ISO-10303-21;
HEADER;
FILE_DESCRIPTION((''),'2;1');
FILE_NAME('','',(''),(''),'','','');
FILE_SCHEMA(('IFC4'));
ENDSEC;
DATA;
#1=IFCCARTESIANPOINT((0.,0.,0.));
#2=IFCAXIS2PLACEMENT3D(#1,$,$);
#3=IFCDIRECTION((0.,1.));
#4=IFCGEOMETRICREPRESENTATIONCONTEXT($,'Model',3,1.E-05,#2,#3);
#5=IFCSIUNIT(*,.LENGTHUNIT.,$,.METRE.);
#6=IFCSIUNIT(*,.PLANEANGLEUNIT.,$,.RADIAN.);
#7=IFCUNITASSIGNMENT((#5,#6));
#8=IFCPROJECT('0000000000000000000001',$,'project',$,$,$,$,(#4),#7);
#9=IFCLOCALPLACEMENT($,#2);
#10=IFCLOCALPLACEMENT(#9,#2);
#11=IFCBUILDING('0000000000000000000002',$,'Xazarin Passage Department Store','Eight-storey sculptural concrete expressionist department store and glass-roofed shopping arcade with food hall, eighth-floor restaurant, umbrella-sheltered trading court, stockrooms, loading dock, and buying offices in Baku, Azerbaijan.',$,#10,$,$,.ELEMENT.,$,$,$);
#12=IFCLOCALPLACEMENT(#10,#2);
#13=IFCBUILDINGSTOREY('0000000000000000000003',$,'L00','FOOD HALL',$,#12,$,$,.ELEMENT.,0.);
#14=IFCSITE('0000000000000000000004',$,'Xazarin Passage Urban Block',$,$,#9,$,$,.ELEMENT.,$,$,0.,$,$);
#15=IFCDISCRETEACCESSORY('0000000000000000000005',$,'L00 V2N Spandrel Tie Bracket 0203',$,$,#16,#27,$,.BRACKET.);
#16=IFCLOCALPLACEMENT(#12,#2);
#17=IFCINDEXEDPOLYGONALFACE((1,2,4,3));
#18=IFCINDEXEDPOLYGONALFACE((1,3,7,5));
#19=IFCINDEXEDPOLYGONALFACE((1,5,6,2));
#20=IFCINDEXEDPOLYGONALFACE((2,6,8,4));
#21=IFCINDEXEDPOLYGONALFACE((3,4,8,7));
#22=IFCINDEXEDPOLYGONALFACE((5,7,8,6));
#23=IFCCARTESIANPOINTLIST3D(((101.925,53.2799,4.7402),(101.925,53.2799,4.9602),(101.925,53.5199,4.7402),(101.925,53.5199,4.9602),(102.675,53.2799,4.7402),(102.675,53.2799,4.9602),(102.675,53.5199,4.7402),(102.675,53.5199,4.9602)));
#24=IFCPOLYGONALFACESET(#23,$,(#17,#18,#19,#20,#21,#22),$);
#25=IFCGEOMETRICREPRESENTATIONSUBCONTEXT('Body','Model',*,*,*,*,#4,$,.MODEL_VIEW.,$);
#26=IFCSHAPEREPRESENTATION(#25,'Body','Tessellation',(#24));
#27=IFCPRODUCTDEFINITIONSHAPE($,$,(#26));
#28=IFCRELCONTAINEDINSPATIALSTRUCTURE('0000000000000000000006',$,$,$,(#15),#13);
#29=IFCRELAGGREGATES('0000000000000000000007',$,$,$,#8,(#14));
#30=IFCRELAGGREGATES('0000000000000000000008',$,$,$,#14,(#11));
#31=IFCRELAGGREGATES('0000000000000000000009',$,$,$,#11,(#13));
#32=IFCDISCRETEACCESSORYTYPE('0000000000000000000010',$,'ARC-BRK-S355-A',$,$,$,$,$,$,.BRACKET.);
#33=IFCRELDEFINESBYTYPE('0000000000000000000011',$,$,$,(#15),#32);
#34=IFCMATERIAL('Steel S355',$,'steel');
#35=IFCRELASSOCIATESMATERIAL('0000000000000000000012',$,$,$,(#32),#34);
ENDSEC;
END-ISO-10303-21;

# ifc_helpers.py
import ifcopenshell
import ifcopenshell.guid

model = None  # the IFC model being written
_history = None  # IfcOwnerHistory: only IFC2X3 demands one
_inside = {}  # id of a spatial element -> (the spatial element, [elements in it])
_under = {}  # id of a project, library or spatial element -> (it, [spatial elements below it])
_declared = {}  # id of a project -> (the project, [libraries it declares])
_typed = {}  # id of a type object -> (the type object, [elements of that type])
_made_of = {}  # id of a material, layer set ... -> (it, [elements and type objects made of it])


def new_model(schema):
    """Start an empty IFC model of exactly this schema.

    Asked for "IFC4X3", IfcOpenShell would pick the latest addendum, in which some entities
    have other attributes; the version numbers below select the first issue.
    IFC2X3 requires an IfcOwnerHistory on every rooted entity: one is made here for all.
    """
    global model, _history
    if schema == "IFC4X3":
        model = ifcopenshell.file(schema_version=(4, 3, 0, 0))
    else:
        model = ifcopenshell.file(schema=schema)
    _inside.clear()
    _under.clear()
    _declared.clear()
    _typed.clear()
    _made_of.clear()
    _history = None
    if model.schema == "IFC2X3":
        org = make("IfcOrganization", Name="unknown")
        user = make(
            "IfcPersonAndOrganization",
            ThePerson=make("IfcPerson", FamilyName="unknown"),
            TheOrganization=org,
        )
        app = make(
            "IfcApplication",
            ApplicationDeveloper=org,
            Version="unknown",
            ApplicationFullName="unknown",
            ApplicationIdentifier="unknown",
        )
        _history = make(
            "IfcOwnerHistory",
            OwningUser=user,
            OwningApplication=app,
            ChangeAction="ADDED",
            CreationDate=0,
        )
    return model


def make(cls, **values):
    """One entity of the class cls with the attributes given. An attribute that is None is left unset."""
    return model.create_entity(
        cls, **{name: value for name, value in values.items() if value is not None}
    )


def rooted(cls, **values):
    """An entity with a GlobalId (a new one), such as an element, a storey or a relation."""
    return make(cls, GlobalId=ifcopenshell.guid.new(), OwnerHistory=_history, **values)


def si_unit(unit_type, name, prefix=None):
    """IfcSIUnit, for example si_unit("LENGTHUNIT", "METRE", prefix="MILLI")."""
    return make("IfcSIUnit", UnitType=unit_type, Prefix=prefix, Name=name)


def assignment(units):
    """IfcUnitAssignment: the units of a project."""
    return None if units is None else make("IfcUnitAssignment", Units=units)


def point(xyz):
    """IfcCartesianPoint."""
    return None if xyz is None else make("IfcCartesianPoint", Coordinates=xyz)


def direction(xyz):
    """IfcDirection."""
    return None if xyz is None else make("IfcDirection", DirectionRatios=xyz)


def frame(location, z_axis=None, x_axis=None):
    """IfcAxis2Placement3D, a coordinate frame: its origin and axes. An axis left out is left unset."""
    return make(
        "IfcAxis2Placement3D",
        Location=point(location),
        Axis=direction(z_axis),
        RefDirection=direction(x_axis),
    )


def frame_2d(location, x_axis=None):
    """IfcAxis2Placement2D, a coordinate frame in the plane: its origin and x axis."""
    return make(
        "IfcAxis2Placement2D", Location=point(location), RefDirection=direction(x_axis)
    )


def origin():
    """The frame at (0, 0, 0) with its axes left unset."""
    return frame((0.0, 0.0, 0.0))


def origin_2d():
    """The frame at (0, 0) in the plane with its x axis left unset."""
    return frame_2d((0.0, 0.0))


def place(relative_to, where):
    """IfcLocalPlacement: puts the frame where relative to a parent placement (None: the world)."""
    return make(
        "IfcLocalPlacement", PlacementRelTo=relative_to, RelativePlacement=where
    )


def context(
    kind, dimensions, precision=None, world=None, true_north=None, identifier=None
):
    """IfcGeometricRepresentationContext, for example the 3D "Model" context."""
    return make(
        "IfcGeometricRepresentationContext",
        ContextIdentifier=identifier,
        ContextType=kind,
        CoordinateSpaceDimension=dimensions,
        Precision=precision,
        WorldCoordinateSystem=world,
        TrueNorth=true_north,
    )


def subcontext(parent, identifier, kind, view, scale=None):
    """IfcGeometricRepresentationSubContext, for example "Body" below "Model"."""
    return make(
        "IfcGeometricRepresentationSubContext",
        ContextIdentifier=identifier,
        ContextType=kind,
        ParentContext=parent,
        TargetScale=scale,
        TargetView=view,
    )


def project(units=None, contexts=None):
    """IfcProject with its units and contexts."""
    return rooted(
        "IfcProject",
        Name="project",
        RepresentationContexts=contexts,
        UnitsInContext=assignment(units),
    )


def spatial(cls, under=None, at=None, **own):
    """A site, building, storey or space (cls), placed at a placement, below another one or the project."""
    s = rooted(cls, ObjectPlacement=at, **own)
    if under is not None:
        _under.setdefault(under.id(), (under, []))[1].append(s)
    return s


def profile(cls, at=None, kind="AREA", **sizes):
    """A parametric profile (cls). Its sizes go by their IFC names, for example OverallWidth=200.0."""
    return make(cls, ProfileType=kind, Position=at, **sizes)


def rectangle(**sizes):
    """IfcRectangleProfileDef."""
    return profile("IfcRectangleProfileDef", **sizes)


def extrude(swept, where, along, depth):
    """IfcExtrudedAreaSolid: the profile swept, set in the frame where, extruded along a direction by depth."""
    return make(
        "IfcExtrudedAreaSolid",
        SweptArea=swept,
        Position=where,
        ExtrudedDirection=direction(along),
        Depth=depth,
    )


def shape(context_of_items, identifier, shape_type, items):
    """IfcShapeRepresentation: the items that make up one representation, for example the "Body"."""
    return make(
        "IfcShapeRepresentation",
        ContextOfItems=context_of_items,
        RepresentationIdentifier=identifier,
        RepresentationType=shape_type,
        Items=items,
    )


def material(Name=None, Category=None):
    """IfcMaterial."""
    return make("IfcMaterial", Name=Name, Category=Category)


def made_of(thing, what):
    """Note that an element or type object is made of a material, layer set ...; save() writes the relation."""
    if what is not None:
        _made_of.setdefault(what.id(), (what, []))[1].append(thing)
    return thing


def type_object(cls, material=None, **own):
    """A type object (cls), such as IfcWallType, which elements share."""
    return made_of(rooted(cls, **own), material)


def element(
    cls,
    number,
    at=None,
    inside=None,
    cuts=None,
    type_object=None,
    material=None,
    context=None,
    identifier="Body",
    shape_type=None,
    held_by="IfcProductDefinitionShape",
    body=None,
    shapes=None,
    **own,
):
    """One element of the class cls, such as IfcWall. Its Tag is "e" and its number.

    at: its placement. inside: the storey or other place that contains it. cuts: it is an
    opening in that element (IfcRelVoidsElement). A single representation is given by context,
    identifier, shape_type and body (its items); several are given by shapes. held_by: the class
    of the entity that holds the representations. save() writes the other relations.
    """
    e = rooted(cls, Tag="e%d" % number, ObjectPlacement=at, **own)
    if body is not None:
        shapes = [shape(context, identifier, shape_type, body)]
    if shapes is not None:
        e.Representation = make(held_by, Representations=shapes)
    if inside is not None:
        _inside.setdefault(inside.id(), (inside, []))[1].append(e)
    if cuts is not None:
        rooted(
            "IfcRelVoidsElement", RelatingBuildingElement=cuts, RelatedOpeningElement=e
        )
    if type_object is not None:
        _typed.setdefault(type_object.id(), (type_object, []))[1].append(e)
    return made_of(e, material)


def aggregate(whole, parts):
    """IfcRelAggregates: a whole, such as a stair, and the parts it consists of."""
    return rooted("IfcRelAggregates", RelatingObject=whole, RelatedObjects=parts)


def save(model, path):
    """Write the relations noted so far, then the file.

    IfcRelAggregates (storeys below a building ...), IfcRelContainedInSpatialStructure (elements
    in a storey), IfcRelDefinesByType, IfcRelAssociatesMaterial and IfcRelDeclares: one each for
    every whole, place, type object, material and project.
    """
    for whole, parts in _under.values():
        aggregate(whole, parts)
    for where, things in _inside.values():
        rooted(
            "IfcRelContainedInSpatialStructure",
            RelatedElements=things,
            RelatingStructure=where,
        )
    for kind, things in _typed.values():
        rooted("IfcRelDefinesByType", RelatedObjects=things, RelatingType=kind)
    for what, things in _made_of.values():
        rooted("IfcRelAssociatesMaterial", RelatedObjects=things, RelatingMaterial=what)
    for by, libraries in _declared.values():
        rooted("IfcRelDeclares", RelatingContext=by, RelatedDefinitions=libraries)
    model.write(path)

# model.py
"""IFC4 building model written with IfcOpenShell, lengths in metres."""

from ifc_helpers import new_model, si_unit, direction, frame, origin, origin_2d, place, context, subcontext, project, spatial, rectangle, extrude, material, type_object, element, save


model = new_model("IFC4")

# Units and contexts
model_context = context("Model", 3, precision=1e-05, world=origin(), true_north=direction((0.0, 1.0)))
body_context = subcontext(model_context, "Body", "Model", "MODEL_VIEW")
ifc_project = project(units=[si_unit("LENGTHUNIT", "METRE"), si_unit("PLANEANGLEUNIT", "RADIAN")], contexts=[model_context])

# Site, building, storey
site_placement = place(None, origin())
site = spatial("IfcSite", under=ifc_project, at=site_placement, Name="Xazarin Passage Urban Block", CompositionType="ELEMENT", RefElevation=0.0)
building_placement = place(site_placement, origin())
building = spatial("IfcBuilding", under=site, at=building_placement, Name="Xazarin Passage Department Store", Description="Eight-storey sculptural concrete expressionist department store and glass-roofed shopping arcade with food hall, eighth-floor restaurant, umbrella-sheltered trading court, stockrooms, loading dock, and buying offices in Baku, Azerbaijan.", CompositionType="ELEMENT")
storey_placement = place(building_placement, origin())
storey = spatial("IfcBuildingStorey", under=building, at=storey_placement, Name="L00", Description="FOOD HALL", CompositionType="ELEMENT", Elevation=0.0)

# Discrete accessory
ifc_material_1 = material(Name="Steel S355", Category="steel")
discrete_accessory_type = type_object("IfcDiscreteAccessoryType", Name="ARC-BRK-S355-A", PredefinedType="BRACKET", material=ifc_material_1)
for number, where, z_axis, x_axis, name in (
    (1, (102.3, 53.3999, 4.7402), (0.0, 0.0, 1.0), (0.0, 1.0, 0.0), "L00 V2N Spandrel Tie Bracket 0203"),
):
    element("IfcDiscreteAccessory", number, at=place(storey_placement, frame(where, z_axis=z_axis, x_axis=x_axis)), inside=storey, type_object=discrete_accessory_type, Name=name, PredefinedType="BRACKET", context=body_context, shape_type="SweptSolid", body=[
        extrude(rectangle(XDim=0.24, YDim=0.75, at=origin_2d()), origin(), (0.0, 0.0, 1.0), 0.22),
    ])

save(model, "model.ifc")
